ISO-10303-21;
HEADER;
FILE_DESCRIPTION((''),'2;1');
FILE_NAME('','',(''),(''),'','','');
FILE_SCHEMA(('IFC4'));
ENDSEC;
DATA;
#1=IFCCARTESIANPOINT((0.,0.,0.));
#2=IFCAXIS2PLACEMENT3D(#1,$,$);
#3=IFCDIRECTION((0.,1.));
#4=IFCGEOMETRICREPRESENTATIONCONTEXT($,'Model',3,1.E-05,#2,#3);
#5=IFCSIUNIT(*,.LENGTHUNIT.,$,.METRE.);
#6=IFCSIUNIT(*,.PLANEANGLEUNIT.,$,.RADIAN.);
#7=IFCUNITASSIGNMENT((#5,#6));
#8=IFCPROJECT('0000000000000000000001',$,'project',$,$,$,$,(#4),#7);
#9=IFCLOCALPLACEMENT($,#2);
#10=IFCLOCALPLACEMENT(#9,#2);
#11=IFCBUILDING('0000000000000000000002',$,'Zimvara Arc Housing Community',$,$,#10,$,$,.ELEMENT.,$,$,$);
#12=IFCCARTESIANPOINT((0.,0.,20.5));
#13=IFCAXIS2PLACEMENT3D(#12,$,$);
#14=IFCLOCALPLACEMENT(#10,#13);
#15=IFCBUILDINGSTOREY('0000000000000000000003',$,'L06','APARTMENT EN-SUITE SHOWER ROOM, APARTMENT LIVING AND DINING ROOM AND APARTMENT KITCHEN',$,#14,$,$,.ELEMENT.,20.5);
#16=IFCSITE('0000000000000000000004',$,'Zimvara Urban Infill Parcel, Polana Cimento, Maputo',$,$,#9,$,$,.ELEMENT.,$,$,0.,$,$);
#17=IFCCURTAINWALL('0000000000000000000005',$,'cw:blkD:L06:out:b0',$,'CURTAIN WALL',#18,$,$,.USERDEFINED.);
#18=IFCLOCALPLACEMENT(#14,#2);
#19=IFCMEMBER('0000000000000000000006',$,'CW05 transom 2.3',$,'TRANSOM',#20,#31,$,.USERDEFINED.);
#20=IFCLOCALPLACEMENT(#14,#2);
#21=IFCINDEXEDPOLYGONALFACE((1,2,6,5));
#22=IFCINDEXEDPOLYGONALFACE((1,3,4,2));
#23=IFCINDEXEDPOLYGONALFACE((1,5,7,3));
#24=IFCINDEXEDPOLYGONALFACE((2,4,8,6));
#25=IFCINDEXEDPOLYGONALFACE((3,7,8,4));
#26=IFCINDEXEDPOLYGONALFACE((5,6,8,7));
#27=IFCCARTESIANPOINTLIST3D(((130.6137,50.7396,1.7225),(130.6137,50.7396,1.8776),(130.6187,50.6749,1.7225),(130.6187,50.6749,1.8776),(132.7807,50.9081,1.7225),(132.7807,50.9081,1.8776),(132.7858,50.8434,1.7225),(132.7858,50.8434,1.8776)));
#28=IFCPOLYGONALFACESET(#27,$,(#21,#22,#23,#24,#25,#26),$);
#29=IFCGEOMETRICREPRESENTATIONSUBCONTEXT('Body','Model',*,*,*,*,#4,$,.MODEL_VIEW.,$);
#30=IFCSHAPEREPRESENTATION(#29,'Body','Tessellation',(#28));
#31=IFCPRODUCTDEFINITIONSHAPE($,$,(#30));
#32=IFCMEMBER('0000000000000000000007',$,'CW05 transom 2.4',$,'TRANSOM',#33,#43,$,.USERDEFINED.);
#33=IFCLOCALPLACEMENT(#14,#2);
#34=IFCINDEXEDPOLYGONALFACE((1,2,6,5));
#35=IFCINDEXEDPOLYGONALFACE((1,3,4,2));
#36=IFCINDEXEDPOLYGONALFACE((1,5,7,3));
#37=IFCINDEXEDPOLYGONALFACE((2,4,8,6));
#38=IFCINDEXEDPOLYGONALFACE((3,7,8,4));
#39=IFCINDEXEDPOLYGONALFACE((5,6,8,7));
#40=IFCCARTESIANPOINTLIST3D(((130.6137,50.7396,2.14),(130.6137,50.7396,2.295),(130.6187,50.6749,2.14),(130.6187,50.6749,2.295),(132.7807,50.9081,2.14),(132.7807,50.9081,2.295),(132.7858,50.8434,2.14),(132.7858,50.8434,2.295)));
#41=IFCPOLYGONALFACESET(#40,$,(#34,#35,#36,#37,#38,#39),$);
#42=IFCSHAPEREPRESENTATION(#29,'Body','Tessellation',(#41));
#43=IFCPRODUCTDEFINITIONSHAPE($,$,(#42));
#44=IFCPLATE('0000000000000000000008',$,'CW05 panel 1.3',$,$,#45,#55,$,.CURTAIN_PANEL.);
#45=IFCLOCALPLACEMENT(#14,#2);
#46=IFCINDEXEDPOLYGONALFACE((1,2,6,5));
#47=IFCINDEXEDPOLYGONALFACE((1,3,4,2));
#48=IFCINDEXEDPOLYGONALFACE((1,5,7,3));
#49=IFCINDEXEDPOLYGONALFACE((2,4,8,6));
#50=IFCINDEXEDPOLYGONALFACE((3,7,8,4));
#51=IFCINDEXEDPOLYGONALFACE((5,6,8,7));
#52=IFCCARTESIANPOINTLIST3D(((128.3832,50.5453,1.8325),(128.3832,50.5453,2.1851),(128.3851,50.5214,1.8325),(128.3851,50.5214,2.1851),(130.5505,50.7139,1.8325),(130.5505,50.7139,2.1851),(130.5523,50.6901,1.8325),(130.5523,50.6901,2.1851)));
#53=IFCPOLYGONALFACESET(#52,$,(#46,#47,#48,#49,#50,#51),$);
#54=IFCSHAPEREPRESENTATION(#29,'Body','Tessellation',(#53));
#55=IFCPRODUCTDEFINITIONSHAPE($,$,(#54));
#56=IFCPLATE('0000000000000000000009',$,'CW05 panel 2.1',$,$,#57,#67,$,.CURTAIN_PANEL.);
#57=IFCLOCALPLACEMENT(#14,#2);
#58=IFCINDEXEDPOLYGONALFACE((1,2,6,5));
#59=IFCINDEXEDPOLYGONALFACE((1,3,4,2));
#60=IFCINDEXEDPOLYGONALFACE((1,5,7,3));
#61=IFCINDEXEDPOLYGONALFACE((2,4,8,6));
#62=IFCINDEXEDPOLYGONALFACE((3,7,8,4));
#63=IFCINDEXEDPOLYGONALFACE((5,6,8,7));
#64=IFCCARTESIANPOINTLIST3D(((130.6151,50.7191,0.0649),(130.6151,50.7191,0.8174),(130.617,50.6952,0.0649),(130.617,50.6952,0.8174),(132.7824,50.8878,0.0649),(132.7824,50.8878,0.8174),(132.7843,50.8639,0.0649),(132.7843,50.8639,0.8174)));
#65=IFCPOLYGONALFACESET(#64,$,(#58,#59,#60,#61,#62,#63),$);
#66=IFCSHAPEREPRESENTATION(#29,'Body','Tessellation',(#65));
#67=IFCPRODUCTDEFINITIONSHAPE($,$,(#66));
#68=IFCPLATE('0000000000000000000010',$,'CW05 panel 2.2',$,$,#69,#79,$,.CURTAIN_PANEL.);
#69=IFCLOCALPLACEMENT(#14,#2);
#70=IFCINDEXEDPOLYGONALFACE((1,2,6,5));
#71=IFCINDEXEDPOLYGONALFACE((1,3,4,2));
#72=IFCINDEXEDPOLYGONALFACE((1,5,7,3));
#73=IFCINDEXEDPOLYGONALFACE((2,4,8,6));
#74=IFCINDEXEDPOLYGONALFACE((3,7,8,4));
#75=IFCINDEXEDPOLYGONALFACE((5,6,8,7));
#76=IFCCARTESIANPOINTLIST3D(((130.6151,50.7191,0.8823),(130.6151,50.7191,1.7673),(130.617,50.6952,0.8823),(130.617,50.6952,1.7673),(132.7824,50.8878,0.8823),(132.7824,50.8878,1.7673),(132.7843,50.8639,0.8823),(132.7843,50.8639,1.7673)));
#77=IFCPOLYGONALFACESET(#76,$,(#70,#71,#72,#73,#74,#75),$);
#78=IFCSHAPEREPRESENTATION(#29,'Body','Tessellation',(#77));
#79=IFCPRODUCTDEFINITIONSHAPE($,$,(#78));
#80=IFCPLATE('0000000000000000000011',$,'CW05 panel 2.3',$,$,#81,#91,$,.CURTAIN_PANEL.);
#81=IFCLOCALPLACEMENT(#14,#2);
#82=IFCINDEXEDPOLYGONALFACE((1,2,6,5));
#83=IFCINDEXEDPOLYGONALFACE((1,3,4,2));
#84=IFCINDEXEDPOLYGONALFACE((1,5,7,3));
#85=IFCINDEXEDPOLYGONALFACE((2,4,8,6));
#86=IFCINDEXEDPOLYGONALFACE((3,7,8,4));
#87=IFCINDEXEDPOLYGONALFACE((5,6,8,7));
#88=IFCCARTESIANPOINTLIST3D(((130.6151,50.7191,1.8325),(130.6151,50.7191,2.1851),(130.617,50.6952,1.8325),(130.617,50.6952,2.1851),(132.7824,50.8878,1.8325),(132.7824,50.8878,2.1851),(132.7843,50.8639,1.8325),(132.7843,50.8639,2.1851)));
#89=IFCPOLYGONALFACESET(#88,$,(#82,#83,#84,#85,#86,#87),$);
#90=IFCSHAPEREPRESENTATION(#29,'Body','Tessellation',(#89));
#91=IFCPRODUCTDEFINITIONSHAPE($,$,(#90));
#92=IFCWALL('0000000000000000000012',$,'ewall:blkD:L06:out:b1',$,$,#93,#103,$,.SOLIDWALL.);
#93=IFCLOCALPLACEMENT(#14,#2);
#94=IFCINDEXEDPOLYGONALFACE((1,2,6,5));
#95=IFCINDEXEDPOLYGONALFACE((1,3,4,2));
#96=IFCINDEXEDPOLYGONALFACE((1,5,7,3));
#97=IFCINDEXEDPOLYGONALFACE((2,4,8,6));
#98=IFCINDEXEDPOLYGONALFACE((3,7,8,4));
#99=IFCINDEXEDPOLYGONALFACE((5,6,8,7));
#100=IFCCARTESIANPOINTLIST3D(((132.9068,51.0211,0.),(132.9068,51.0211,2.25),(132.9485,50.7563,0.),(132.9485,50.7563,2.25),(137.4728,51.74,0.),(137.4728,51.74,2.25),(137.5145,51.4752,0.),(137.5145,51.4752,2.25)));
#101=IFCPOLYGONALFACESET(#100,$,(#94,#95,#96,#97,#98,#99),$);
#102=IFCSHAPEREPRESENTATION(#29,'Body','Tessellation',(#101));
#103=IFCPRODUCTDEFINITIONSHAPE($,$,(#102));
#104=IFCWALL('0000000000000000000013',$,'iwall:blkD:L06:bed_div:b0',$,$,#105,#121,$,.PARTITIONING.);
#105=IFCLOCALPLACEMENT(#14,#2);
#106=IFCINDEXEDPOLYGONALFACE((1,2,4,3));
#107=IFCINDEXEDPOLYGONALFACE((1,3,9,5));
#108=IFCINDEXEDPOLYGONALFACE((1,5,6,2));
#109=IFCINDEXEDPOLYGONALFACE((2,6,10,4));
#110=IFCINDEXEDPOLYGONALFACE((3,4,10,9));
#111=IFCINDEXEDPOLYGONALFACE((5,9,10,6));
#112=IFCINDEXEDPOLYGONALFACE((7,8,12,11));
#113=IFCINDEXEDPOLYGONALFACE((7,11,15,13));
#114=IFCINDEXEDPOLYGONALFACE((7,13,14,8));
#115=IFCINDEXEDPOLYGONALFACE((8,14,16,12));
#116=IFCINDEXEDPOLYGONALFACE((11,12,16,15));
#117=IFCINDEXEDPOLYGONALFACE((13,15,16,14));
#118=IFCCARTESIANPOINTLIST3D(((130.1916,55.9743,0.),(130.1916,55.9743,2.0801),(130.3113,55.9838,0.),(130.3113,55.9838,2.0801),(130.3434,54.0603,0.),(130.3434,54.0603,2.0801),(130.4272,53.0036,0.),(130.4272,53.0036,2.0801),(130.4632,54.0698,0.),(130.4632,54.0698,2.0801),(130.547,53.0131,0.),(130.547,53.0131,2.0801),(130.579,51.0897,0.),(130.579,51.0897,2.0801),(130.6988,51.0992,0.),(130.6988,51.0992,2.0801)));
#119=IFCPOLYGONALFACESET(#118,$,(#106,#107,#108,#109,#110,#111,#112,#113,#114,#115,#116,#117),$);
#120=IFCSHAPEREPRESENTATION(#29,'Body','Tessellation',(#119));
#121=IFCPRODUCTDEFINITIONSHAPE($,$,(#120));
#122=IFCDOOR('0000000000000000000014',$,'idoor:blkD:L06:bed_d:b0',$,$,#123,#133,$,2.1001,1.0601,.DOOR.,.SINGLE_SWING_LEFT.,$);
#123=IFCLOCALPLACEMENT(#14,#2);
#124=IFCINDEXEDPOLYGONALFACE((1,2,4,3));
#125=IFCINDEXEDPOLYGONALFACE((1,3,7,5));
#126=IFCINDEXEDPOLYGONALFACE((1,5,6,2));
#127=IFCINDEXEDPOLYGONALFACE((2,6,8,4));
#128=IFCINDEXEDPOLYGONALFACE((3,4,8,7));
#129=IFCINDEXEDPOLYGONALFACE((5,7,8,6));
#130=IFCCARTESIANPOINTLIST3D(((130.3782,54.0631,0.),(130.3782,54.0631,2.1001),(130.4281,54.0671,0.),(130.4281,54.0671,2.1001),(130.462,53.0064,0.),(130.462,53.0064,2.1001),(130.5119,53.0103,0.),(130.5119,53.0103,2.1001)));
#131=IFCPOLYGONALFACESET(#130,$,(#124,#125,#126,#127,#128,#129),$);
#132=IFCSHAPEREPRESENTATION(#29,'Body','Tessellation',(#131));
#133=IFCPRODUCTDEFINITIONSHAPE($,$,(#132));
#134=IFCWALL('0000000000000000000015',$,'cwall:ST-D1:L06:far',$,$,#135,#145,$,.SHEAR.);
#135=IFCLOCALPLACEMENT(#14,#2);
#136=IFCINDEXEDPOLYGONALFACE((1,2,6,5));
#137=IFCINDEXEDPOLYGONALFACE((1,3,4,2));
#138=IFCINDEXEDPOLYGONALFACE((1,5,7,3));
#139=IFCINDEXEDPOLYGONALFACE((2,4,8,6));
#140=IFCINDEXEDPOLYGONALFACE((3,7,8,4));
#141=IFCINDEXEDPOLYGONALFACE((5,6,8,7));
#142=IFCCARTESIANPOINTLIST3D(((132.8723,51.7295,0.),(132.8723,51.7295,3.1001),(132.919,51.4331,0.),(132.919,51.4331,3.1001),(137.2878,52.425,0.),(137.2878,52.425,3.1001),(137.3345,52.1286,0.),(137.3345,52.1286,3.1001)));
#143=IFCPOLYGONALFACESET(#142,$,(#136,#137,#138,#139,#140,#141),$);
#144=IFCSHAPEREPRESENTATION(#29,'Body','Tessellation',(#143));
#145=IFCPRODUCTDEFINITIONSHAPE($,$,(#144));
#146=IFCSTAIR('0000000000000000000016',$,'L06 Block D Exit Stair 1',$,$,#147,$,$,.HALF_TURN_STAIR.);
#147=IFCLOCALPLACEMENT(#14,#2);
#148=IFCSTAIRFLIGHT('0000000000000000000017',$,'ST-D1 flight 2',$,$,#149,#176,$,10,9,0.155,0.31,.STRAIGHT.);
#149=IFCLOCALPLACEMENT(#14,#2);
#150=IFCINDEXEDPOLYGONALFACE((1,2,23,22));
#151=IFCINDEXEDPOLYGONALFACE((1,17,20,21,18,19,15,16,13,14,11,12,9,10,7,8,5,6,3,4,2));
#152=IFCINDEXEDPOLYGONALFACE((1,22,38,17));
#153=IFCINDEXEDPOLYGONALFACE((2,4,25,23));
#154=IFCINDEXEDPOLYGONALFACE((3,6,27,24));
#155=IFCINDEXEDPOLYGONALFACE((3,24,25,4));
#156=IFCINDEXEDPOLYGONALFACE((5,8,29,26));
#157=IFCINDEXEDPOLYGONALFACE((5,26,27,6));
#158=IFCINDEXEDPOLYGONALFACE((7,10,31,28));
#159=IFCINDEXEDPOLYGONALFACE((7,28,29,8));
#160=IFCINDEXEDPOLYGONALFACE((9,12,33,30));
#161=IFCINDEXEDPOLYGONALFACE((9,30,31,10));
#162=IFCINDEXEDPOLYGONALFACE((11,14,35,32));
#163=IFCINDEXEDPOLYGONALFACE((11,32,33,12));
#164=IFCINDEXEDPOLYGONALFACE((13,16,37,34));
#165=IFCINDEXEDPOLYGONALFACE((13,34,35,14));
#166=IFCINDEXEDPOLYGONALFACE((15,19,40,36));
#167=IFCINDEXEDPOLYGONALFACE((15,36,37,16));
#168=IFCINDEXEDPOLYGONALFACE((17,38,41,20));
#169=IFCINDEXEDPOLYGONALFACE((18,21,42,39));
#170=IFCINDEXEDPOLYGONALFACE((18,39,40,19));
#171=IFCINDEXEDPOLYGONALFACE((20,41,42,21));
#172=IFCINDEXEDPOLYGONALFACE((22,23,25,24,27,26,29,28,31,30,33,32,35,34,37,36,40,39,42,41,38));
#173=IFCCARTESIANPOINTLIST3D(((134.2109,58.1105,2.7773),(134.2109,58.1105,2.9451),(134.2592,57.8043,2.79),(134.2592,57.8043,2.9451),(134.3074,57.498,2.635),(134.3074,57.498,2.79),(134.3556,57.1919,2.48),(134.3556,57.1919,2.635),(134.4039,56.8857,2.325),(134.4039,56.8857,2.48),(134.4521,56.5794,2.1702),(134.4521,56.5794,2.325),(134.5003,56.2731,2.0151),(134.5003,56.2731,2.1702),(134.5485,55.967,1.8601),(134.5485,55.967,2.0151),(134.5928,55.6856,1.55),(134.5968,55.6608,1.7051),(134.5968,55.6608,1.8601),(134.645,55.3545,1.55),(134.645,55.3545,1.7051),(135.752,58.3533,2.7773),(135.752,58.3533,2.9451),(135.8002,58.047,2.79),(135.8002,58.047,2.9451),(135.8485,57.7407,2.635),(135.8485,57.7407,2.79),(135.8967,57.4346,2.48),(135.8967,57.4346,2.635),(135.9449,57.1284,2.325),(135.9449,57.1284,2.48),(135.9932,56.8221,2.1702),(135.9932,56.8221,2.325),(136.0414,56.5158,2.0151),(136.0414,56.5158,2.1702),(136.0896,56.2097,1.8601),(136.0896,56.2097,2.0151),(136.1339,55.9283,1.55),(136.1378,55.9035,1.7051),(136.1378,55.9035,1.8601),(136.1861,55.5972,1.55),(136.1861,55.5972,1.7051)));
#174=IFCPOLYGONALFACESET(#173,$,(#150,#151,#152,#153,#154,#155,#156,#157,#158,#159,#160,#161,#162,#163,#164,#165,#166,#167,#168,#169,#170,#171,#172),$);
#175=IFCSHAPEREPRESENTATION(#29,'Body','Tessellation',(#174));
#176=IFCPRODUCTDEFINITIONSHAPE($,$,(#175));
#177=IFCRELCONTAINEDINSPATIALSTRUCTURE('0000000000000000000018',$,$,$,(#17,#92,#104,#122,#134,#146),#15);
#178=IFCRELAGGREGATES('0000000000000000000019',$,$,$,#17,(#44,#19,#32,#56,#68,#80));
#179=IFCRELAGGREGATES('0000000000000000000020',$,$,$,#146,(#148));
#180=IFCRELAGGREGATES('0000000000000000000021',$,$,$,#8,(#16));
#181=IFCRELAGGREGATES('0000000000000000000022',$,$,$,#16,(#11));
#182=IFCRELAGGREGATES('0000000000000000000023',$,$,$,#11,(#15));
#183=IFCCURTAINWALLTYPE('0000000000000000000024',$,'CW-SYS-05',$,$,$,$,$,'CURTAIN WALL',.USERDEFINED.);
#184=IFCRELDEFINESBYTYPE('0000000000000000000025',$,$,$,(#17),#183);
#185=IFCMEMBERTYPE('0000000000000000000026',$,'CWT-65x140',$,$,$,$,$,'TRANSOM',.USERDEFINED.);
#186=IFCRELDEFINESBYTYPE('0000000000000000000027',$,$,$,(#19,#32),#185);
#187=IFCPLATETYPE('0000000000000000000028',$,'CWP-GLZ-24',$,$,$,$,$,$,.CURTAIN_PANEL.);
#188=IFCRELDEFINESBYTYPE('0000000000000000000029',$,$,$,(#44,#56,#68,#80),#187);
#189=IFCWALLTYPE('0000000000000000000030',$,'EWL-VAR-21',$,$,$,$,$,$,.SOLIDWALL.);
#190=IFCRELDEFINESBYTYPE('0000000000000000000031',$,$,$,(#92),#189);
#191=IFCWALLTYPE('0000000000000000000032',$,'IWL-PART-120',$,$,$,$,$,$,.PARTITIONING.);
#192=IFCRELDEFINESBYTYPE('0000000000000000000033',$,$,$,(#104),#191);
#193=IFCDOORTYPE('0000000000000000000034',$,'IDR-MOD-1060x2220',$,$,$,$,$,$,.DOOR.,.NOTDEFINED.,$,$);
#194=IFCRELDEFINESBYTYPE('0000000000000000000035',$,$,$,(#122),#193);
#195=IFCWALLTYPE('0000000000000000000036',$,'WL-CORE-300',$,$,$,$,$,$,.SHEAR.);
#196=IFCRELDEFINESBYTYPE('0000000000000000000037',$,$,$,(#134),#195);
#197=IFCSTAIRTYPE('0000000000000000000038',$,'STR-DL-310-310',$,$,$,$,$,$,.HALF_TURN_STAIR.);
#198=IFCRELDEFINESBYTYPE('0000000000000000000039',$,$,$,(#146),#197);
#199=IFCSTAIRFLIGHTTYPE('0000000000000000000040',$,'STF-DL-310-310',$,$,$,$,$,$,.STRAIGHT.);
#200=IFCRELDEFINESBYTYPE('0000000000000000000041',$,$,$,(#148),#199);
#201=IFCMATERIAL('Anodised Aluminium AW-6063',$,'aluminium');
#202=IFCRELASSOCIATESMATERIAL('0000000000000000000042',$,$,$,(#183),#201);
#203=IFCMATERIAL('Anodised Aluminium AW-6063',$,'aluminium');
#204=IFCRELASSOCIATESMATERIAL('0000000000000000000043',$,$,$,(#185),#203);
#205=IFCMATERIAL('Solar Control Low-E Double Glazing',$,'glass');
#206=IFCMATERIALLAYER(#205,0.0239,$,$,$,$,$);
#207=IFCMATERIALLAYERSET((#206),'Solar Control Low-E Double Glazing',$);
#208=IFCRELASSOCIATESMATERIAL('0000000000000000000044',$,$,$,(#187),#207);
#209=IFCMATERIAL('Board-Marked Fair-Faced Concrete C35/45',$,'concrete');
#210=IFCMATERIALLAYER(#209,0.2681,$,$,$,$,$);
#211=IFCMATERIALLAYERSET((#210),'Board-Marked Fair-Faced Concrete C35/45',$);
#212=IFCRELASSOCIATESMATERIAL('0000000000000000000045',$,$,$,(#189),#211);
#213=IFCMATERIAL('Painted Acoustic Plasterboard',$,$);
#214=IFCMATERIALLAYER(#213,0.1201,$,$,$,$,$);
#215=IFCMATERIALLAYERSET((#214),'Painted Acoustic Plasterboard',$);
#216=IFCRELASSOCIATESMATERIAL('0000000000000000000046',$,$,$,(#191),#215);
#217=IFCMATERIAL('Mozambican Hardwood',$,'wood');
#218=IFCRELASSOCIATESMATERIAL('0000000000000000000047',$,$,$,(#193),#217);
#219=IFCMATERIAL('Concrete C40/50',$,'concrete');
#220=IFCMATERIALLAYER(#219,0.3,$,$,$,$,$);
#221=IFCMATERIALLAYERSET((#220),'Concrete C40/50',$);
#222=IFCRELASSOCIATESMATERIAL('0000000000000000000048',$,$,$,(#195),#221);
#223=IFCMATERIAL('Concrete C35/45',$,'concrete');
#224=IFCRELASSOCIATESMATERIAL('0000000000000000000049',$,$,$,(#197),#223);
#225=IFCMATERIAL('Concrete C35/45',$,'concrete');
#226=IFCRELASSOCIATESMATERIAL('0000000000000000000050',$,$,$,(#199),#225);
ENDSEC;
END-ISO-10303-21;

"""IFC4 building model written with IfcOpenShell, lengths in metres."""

from ifc_helpers import new_model, si_unit, direction, frame, frame_2d, origin, origin_2d, place, context, subcontext, project, spatial, polyline, rectangle, outline, extrude, material, layer, layer_set, material_profile, profile_set, type_object, element, fill, aggregate, save


model = new_model("IFC4")

# Units and contexts
model_context = context("Model", 3, precision=1e-05, world=origin(), true_north=direction((0.0, 1.0)))
body_context = subcontext(model_context, "Body", "Model", "MODEL_VIEW")
ifc_project = project(units=[si_unit("LENGTHUNIT", "METRE"), si_unit("PLANEANGLEUNIT", "RADIAN")], contexts=[model_context])

# Site, building, storey
site_placement = place(None, origin())
site = spatial("IfcSite", under=ifc_project, at=site_placement, Name="Zimvara Urban Infill Parcel, Polana Cimento, Maputo", CompositionType="ELEMENT", RefElevation=0.0)
building_placement = place(site_placement, origin())
building = spatial("IfcBuilding", under=site, at=building_placement, Name="Zimvara Arc Housing Community", CompositionType="ELEMENT")
storey_placement = place(building_placement, frame((0.0, 0.0, 20.5)))
storey = spatial("IfcBuildingStorey", under=building, at=storey_placement, Name="L06", Description="APARTMENT EN-SUITE SHOWER ROOM, APARTMENT LIVING AND DINING ROOM AND APARTMENT KITCHEN", CompositionType="ELEMENT", Elevation=20.5)

# Curtain wall, members, plates
ifc_material_1 = material(Name="Anodised Aluminium AW-6063", Category="aluminium")
curtain_wall_type = type_object("IfcCurtainWallType", Name="CW-SYS-05", ElementType="CURTAIN WALL", PredefinedType="USERDEFINED", material=ifc_material_1)
curtain_wall_placement = place(storey_placement, origin())
curtain_wall = element("IfcCurtainWall", 1, at=curtain_wall_placement, inside=storey, type_object=curtain_wall_type, Name="cw:blkD:L06:out:b0", ObjectType="CURTAIN WALL", PredefinedType="USERDEFINED")
ifc_material_2 = material(Name="Anodised Aluminium AW-6063", Category="aluminium")
ifc_material_profile_1 = material_profile(ifc_material_2, rectangle(XDim=0.0649, YDim=0.155, at=origin_2d()), Name="ALU 65x155")
ifc_profile_set_1 = profile_set([ifc_material_profile_1], Name="Anodised Aluminium AW-6063")
member_type_1 = type_object("IfcMemberType", Name="CWT-65x140", ElementType="TRANSOM", PredefinedType="USERDEFINED", material=ifc_profile_set_1)
member_1_placement = place(storey_placement, frame((130.6162, 50.7073, 1.8), z_axis=(0.996992, 0.077504, 0.0), x_axis=(-0.077504, 0.996992, 0.0)))
member_1 = element("IfcMember", 2, at=member_1_placement, type_object=member_type_1, Name="CW05 transom 2.3", ObjectType="TRANSOM", PredefinedType="USERDEFINED", context=body_context, shape_type="SweptSolid", body=[
    extrude(rectangle(XDim=0.0649, YDim=0.155, at=origin_2d()), origin(), (0.0, 0.0, 1.0), 2.1736),
])
member_2_placement = place(storey_placement, frame((130.6162, 50.7073, 2.2175), z_axis=(0.996992, 0.077504, 0.0), x_axis=(-0.077504, 0.996992, 0.0)))
member_2 = element("IfcMember", 3, at=member_2_placement, type_object=member_type_1, Name="CW05 transom 2.4", ObjectType="TRANSOM", PredefinedType="USERDEFINED", context=body_context, shape_type="SweptSolid", body=[
    extrude(rectangle(XDim=0.0649, YDim=0.155, at=origin_2d()), origin(), (0.0, 0.0, 1.0), 2.1736),
])
ifc_material_3 = material(Name="Solar Control Low-E Double Glazing", Category="glass")
ifc_layer_1 = layer(ifc_material_3, 0.0239)
ifc_layer_set_1 = layer_set([ifc_layer_1], Name="Solar Control Low-E Double Glazing")
plate_type = type_object("IfcPlateType", Name="CWP-GLZ-24", PredefinedType="CURTAIN_PANEL", material=ifc_layer_set_1)
plate_1_placement = place(storey_placement, frame((129.4678, 50.6177, 1.8325), z_axis=(0.0, 0.0, 1.0), x_axis=(0.996985, 0.07759, 0.0)))
plate_1 = element("IfcPlate", 4, at=plate_1_placement, type_object=plate_type, Name="CW05 panel 1.3", PredefinedType="CURTAIN_PANEL", context=body_context, shape_type="SweptSolid", body=[
    extrude(rectangle(XDim=2.1738, YDim=0.0239, at=origin_2d()), origin(), (0.0, 0.0, 1.0), 0.3525),
])
plate_2_placement = place(storey_placement, frame((131.6997, 50.7915, 0.0649), z_axis=(0.0, 0.0, 1.0), x_axis=(0.996985, 0.07759, 0.0)))
plate_2 = element("IfcPlate", 5, at=plate_2_placement, type_object=plate_type, Name="CW05 panel 2.1", PredefinedType="CURTAIN_PANEL", context=body_context, shape_type="SweptSolid", body=[
    extrude(rectangle(XDim=2.1738, YDim=0.0239, at=origin_2d()), origin(), (0.0, 0.0, 1.0), 0.7524),
])
plate_3_placement = place(storey_placement, frame((131.6997, 50.7915, 0.8823), z_axis=(0.0, 0.0, 1.0), x_axis=(0.996985, 0.07759, 0.0)))
plate_3 = element("IfcPlate", 6, at=plate_3_placement, type_object=plate_type, Name="CW05 panel 2.2", PredefinedType="CURTAIN_PANEL", context=body_context, shape_type="SweptSolid", body=[
    extrude(rectangle(XDim=2.1738, YDim=0.0239, at=origin_2d()), origin(), (0.0, 0.0, 1.0), 0.885),
])
plate_4_placement = place(storey_placement, frame((131.6997, 50.7915, 1.8325), z_axis=(0.0, 0.0, 1.0), x_axis=(0.996985, 0.07759, 0.0)))
plate_4 = element("IfcPlate", 7, at=plate_4_placement, type_object=plate_type, Name="CW05 panel 2.3", PredefinedType="CURTAIN_PANEL", context=body_context, shape_type="SweptSolid", body=[
    extrude(rectangle(XDim=2.1738, YDim=0.0239, at=origin_2d()), origin(), (0.0, 0.0, 1.0), 0.3525),
])
aggregate(curtain_wall, [plate_1, member_1, member_2, plate_2, plate_3, plate_4])

# Wall
ifc_material_4 = material(Name="Board-Marked Fair-Faced Concrete C35/45", Category="concrete")
ifc_layer_2 = layer(ifc_material_4, 0.2681)
ifc_layer_set_2 = layer_set([ifc_layer_2], Name="Board-Marked Fair-Faced Concrete C35/45")
wall_type_1 = type_object("IfcWallType", Name="EWL-VAR-21", PredefinedType="SOLIDWALL", material=ifc_layer_set_2)
wall_1_placement = place(storey_placement, frame((132.9277, 50.8887, 0.0), z_axis=(0.0, 0.0, 1.0), x_axis=(0.987829, 0.155545, 0.0)))
element("IfcWall", 8, at=wall_1_placement, inside=storey, type_object=wall_type_1, Name="ewall:blkD:L06:out:b1", PredefinedType="SOLIDWALL", context=body_context, shape_type="SweptSolid", body=[
    extrude(rectangle(XDim=4.6223, YDim=0.2681, at=frame_2d((2.311, 0.0))), origin(), (0.0, 0.0, 1.0), 2.25),
])

# Wall, opening, door
ifc_material_5 = material(Name="Painted Acoustic Plasterboard")
ifc_layer_3 = layer(ifc_material_5, 0.1201)
ifc_layer_set_3 = layer_set([ifc_layer_3], Name="Painted Acoustic Plasterboard")
wall_type_2 = type_object("IfcWallType", Name="IWL-PART-120", PredefinedType="PARTITIONING", material=ifc_layer_set_3)
wall_2_placement = place(storey_placement, frame((130.2515, 55.979, 0.0), z_axis=(0.0, 0.0, 1.0), x_axis=(0.079074, -0.996869, 0.0)))
wall_2 = element("IfcWall", 9, at=wall_2_placement, inside=storey, type_object=wall_type_2, Name="iwall:blkD:L06:bed_div:b0", PredefinedType="PARTITIONING", context=body_context, shape_type="SweptSolid", body=[
    extrude(rectangle(XDim=4.8999, YDim=0.1201, at=frame_2d((2.45, 0.0))), origin(), (0.0, 0.0, 1.0), 2.0801),
])
opening_placement = place(wall_2_placement, frame((1.9199, 0.0, 0.0)))
opening = element("IfcOpeningElement", 10, at=opening_placement, cuts=wall_2, PredefinedType="OPENING", context=body_context, shape_type="SweptSolid", body=[
    extrude(rectangle(XDim=1.0601, YDim=2.1001, at=frame_2d((0.53, 1.05))), frame((0.0, 0.0701, 0.0), z_axis=(0.0, -1.0, 0.0), x_axis=(1.0, 0.0, 0.0)), (0.0, 0.0, 1.0), 0.1401),
])
ifc_material_6 = material(Name="Mozambican Hardwood", Category="wood")
door_type = type_object("IfcDoorType", Name="IDR-MOD-1060x2220", OperationType="NOTDEFINED", PredefinedType="DOOR", material=ifc_material_6)
door_placement = place(opening_placement, origin())
door = element("IfcDoor", 11, at=door_placement, inside=storey, type_object=door_type, Name="idoor:blkD:L06:bed_d:b0", OperationType="SINGLE_SWING_LEFT", OverallHeight=2.1001, OverallWidth=1.0601, PredefinedType="DOOR", context=body_context, shape_type="SweptSolid", body=[
    extrude(rectangle(XDim=1.0601, YDim=2.1001, at=frame_2d((0.53, 1.05))), frame((0.0, 0.0249, 0.0), z_axis=(0.0, -1.0, 0.0), x_axis=(1.0, 0.0, 0.0)), (0.0, 0.0, 1.0), 0.05),
])
fill(opening, door)

# Wall
ifc_material_7 = material(Name="Concrete C40/50", Category="concrete")
ifc_layer_4 = layer(ifc_material_7, 0.3)
ifc_layer_set_4 = layer_set([ifc_layer_4], Name="Concrete C40/50")
wall_type_3 = type_object("IfcWallType", Name="WL-CORE-300", PredefinedType="SHEAR", material=ifc_layer_set_4)
wall_3_placement = place(storey_placement, frame((132.8958, 51.5813, 0.0), z_axis=(0.0, 0.0, 1.0), x_axis=(0.987819, 0.155606, 0.0)))
element("IfcWall", 12, at=wall_3_placement, inside=storey, type_object=wall_type_3, Name="cwall:ST-D1:L06:far", PredefinedType="SHEAR", context=body_context, shape_type="SweptSolid", body=[
    extrude(rectangle(XDim=4.47, YDim=0.3, at=frame_2d((2.2349, 0.0))), origin(), (0.0, 0.0, 1.0), 3.1001),
])

# Stair, stair flight
ifc_material_8 = material(Name="Concrete C35/45", Category="concrete")
stair_type = type_object("IfcStairType", Name="STR-DL-310-310", PredefinedType="HALF_TURN_STAIR", material=ifc_material_8)
stair_placement = place(storey_placement, origin())
stair = element("IfcStair", 13, at=stair_placement, inside=storey, type_object=stair_type, Name="L06 Block D Exit Stair 1", PredefinedType="HALF_TURN_STAIR")
ifc_material_9 = material(Name="Concrete C35/45", Category="concrete")
stair_flight_type = type_object("IfcStairFlightType", Name="STF-DL-310-310", PredefinedType="STRAIGHT", material=ifc_material_9)
stair_flight_placement = place(storey_placement, frame((135.4155, 55.4758, 1.55), z_axis=(0.0, 0.0, 1.0), x_axis=(-0.155572, 0.987824, 0.0)))
stair_flight = element("IfcStairFlight", 14, at=stair_flight_placement, type_object=stair_flight_type, Name="ST-D1 flight 2", NumberOfRisers=10, NumberOfTreads=9, PredefinedType="STRAIGHT", RiserHeight=0.155, TreadLength=0.31, context=body_context, shape_type="SweptSolid", body=[
    extrude(outline(polyline([(0.0, 0.0), (0.0, 0.155), (0.3101, 0.155), (0.3101, 0.3101), (0.6201, 0.3101), (0.6201, 0.4651), (0.9299, 0.4651), (0.9299, 0.6201), (1.24, 0.6201), (1.24, 0.7749), (1.55, 0.7749), (1.55, 0.9299), (1.8601, 0.9299), (1.8601, 1.085), (2.1699, 1.085), (2.1699, 1.24), (2.48, 1.24), (2.48, 1.395), (2.79, 1.395), (2.79, 1.55), (2.79, 1.2273), (0.3352, 0.0), (0.0, 0.0)])), frame((0.0, 0.78, 0.0), z_axis=(0.0, -1.0, 0.0), x_axis=(1.0, 0.0, 0.0)), (0.0, 0.0, 1.0), 1.5601),
])
aggregate(stair, [stair_flight])

save(model, "model.ifc")
